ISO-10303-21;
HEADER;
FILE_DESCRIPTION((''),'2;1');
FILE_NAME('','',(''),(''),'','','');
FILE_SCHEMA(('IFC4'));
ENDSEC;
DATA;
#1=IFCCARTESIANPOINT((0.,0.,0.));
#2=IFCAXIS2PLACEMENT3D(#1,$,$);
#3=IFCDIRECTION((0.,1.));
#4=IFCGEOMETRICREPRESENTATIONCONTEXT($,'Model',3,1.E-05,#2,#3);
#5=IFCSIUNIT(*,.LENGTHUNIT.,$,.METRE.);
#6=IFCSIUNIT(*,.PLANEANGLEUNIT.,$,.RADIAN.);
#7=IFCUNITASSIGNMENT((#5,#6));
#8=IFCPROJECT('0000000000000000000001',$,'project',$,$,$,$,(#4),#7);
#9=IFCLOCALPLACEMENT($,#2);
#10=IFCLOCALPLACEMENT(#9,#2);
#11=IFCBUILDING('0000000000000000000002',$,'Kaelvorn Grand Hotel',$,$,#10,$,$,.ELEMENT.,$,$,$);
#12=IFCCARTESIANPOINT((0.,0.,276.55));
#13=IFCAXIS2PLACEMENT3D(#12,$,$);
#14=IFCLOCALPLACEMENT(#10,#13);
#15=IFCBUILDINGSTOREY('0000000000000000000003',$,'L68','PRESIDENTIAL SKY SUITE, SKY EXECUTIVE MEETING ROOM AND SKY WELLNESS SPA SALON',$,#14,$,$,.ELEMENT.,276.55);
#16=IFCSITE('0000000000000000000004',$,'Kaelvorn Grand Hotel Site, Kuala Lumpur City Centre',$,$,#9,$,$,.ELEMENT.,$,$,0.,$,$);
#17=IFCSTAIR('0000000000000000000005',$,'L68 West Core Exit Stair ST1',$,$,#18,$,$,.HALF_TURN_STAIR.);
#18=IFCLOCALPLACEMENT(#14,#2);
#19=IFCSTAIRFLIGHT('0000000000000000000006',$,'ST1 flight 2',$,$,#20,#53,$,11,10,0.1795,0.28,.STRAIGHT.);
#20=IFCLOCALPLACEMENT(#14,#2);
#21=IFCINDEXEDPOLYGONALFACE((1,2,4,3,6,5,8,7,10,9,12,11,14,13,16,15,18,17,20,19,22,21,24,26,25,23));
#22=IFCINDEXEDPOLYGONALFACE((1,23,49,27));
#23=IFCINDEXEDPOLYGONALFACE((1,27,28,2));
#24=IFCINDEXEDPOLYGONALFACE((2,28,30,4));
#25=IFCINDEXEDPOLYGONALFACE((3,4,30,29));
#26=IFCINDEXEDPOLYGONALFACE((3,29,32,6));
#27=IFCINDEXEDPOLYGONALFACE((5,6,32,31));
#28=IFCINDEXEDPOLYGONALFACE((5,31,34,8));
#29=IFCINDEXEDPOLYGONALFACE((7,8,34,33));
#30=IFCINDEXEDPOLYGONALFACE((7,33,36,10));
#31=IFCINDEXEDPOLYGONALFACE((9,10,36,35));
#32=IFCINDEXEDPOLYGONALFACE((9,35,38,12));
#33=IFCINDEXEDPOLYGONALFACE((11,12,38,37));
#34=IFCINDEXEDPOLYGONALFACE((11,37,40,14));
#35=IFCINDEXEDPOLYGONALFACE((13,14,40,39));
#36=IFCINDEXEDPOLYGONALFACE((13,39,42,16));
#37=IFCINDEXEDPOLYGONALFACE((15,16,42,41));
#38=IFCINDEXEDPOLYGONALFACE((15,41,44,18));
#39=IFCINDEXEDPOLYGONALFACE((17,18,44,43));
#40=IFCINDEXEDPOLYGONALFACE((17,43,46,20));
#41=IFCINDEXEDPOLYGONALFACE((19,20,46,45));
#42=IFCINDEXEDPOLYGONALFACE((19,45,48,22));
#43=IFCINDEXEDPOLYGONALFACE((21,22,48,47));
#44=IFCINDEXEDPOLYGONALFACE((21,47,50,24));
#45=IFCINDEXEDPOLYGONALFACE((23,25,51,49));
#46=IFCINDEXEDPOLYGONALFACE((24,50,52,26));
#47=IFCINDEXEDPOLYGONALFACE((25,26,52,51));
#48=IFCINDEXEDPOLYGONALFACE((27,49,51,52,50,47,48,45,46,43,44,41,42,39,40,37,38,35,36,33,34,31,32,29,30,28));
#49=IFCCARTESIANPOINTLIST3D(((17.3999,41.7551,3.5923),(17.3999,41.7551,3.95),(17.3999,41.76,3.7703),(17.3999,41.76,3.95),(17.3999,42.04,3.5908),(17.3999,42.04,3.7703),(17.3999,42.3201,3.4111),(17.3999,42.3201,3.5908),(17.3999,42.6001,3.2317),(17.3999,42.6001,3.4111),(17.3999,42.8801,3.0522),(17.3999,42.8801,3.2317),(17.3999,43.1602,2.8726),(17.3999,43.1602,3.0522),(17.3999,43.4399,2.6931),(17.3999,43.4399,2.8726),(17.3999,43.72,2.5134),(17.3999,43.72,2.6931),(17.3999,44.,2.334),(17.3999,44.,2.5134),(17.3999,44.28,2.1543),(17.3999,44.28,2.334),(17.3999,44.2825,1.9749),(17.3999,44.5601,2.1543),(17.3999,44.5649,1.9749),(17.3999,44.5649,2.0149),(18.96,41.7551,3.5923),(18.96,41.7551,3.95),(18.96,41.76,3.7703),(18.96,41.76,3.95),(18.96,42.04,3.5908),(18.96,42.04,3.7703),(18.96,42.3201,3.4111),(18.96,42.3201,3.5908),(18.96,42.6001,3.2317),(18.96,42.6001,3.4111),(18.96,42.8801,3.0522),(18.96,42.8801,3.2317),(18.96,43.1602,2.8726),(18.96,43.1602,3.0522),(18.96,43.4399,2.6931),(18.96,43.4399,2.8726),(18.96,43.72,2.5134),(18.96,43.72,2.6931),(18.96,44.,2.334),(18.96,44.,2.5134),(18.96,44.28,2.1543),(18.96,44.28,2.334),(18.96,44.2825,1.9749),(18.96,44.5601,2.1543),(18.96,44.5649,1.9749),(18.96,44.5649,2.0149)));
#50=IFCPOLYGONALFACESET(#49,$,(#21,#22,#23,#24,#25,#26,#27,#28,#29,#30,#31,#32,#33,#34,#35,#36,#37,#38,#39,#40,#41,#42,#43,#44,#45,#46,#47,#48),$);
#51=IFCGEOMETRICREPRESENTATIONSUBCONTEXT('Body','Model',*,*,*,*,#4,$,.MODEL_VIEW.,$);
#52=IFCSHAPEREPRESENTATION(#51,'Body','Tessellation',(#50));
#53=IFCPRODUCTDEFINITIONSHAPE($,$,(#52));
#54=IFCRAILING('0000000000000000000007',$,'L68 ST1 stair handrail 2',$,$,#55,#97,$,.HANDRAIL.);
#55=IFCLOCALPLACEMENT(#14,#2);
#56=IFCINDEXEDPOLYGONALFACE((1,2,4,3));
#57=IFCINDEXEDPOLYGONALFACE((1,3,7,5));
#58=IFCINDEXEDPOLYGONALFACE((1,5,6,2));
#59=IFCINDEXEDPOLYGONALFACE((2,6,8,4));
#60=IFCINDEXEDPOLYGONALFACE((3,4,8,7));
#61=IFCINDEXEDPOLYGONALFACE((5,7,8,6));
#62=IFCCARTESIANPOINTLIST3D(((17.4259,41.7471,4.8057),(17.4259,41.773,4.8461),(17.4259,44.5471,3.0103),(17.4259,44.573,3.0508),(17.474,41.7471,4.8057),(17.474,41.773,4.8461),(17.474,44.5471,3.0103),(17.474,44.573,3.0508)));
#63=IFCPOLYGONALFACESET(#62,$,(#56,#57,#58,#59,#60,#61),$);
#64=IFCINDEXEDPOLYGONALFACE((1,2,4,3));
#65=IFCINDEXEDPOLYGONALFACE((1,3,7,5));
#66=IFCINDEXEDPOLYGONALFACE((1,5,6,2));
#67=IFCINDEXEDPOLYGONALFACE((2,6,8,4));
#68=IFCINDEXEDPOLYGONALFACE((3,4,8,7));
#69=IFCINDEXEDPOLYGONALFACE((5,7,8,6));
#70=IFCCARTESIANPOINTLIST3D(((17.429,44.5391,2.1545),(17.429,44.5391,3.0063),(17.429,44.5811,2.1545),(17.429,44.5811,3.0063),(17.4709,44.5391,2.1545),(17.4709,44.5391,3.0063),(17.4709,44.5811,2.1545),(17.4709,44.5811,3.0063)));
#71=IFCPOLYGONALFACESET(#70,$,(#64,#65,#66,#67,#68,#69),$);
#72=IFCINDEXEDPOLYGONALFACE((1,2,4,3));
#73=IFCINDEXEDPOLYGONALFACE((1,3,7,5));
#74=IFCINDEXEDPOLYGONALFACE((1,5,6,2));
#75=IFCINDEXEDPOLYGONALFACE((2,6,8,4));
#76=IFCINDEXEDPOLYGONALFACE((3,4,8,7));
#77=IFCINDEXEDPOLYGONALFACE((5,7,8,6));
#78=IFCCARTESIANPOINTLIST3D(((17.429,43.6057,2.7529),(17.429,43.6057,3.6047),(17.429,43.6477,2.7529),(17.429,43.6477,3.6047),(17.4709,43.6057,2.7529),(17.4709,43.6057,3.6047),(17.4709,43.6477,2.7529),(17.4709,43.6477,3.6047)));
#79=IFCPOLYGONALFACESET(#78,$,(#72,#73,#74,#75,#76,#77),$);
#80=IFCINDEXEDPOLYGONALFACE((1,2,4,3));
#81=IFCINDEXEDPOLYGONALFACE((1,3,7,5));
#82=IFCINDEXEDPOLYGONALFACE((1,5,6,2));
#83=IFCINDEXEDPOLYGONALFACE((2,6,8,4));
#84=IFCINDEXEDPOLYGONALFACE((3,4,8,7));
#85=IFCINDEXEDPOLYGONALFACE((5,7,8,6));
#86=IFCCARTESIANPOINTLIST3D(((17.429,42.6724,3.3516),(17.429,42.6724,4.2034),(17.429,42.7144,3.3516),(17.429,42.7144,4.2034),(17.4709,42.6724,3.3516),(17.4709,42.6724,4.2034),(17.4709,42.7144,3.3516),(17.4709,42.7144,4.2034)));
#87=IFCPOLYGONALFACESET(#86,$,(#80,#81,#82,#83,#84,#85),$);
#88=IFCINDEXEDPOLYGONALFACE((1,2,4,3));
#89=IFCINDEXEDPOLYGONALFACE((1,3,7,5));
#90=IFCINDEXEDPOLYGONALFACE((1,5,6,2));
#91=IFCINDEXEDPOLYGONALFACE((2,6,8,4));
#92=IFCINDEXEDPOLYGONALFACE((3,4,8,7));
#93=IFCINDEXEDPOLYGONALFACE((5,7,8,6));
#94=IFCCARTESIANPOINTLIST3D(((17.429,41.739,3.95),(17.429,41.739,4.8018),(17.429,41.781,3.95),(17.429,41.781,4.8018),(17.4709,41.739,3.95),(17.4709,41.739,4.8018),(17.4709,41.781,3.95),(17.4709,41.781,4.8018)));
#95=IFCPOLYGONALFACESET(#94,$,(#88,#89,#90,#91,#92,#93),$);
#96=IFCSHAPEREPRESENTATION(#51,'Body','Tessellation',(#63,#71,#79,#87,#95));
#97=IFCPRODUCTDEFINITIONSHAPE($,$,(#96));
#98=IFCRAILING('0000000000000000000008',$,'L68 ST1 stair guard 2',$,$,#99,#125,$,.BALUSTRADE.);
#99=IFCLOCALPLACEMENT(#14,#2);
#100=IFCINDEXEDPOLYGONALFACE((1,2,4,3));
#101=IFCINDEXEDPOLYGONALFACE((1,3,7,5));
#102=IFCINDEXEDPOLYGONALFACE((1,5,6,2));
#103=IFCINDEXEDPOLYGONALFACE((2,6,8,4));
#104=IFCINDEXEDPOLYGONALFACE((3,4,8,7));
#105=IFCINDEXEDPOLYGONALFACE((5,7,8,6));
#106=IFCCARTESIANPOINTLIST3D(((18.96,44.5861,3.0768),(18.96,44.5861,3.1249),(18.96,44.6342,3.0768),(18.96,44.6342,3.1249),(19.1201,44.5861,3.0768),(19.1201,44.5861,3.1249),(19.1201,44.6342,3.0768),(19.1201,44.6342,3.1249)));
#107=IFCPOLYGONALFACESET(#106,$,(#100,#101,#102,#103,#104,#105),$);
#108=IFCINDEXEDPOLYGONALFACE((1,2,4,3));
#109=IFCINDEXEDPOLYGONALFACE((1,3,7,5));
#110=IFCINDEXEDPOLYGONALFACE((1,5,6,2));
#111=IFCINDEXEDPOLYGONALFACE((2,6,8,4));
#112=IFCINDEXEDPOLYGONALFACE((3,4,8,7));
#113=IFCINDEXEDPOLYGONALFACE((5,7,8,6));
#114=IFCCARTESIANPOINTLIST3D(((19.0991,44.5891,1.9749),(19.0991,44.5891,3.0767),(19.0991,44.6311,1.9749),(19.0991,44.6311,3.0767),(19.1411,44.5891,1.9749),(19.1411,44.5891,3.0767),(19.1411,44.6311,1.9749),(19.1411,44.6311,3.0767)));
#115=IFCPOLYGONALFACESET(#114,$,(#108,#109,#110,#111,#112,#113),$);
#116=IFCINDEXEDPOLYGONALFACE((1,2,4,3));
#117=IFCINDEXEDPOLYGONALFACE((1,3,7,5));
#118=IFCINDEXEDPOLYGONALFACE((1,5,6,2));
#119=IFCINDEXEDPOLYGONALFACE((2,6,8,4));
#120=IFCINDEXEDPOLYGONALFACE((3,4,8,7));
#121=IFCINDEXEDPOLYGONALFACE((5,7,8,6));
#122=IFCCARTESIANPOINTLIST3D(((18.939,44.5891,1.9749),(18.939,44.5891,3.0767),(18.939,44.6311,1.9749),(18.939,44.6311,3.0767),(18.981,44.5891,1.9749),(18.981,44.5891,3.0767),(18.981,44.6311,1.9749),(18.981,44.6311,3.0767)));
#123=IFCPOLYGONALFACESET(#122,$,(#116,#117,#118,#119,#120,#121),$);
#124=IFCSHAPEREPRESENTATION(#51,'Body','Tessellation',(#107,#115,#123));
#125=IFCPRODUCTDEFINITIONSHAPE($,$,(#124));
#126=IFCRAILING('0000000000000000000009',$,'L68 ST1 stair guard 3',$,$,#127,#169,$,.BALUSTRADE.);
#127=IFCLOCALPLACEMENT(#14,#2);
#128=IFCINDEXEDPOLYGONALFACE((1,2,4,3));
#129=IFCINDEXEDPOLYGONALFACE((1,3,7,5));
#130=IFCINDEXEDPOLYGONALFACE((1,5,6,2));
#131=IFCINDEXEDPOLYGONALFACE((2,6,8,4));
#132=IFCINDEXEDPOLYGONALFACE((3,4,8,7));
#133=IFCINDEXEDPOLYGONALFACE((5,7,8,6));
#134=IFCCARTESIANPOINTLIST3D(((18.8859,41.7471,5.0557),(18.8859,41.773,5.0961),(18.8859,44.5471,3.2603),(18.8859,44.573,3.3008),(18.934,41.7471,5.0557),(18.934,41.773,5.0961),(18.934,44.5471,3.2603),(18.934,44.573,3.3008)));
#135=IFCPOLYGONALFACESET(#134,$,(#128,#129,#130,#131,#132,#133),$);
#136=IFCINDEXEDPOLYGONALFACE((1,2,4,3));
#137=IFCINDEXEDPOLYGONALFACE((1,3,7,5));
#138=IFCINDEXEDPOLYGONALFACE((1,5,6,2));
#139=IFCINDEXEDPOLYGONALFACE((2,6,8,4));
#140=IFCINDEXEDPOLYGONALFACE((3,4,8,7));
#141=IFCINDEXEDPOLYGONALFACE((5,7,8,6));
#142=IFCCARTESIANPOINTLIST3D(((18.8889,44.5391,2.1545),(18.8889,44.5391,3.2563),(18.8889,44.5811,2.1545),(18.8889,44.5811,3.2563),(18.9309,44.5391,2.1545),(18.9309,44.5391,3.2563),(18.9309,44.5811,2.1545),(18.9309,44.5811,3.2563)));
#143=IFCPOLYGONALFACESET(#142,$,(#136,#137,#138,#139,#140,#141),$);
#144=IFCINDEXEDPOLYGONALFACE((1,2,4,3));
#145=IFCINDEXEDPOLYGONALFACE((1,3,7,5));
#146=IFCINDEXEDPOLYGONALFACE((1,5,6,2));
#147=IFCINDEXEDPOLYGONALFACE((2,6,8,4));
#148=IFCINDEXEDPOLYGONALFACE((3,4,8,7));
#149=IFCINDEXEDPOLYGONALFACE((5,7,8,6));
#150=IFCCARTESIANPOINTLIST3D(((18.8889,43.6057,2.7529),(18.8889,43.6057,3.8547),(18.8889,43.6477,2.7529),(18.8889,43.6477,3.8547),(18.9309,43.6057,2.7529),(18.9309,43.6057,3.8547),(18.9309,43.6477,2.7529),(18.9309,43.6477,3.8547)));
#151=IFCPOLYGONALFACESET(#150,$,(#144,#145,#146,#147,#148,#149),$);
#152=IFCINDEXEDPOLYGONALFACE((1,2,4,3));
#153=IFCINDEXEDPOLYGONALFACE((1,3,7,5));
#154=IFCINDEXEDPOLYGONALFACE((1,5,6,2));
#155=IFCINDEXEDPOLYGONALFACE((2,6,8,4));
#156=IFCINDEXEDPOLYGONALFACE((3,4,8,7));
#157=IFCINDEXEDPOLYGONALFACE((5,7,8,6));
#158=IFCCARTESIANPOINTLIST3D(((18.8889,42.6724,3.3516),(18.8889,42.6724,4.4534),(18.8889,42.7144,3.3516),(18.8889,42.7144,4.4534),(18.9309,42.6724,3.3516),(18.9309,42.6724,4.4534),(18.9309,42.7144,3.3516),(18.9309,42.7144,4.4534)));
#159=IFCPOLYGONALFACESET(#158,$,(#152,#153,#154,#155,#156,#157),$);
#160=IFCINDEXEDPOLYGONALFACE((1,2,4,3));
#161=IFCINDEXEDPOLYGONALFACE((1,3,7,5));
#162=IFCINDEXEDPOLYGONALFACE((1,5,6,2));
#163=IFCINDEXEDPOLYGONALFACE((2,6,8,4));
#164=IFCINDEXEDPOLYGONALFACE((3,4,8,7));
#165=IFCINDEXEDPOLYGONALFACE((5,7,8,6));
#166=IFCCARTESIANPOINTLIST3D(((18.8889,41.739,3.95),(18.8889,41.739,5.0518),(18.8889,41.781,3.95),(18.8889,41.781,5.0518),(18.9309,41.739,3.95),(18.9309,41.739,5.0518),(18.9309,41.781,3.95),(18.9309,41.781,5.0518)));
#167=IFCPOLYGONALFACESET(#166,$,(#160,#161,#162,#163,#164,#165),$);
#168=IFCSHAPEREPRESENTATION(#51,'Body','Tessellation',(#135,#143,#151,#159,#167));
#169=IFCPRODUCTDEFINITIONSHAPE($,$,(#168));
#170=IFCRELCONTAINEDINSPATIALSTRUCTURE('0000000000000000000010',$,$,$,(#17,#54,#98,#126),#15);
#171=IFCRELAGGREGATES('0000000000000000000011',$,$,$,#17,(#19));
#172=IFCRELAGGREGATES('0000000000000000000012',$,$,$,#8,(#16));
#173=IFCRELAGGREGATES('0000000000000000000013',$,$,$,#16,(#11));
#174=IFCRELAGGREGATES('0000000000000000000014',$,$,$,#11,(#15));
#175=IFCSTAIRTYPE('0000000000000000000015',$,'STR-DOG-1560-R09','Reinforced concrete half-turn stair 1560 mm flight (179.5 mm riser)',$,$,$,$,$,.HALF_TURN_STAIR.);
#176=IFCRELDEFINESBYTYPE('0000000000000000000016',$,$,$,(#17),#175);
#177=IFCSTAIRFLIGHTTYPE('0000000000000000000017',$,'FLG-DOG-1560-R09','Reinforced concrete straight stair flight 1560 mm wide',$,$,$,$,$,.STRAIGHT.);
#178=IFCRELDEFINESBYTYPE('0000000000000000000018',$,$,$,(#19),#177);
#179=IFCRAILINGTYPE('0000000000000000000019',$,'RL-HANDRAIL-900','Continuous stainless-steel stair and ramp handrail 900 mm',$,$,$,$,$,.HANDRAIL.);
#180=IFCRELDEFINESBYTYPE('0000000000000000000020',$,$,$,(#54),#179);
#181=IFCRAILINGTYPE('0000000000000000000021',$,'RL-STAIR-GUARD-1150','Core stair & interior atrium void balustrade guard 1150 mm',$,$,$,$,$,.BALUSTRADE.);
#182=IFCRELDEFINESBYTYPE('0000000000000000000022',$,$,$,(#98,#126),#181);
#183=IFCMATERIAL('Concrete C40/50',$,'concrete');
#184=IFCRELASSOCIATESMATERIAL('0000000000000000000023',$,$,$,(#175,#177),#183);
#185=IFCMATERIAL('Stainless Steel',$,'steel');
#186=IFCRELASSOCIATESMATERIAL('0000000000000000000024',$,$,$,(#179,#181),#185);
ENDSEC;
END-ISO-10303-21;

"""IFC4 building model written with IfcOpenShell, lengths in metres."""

from ifc_helpers import new_model, si_unit, direction, frame, origin, origin_2d, place, context, subcontext, project, spatial, polyline, rectangle, outline, extrude, material, type_object, element, aggregate, save


model = new_model("IFC4")

# Units and contexts
model_context = context("Model", 3, precision=1e-05, world=origin(), true_north=direction((0.0, 1.0)))
body_context = subcontext(model_context, "Body", "Model", "MODEL_VIEW")
ifc_project = project(units=[si_unit("LENGTHUNIT", "METRE"), si_unit("PLANEANGLEUNIT", "RADIAN")], contexts=[model_context])

# Site, building, storey
site_placement = place(None, origin())
site = spatial("IfcSite", under=ifc_project, at=site_placement, Name="Kaelvorn Grand Hotel Site, Kuala Lumpur City Centre", CompositionType="ELEMENT", RefElevation=0.0)
building_placement = place(site_placement, origin())
building = spatial("IfcBuilding", under=site, at=building_placement, Name="Kaelvorn Grand Hotel", CompositionType="ELEMENT")
storey_placement = place(building_placement, frame((0.0, 0.0, 276.55)))
storey = spatial("IfcBuildingStorey", under=building, at=storey_placement, Name="L68", Description="PRESIDENTIAL SKY SUITE, SKY EXECUTIVE MEETING ROOM AND SKY WELLNESS SPA SALON", CompositionType="ELEMENT", Elevation=276.55)

# Shared definitions
ifc_material_1 = material(Name="Concrete C40/50", Category="concrete")

# Stair, stair flight
stair_type = type_object("IfcStairType", Name="STR-DOG-1560-R09", Description="Reinforced concrete half-turn stair 1560 mm flight (179.5 mm riser)", PredefinedType="HALF_TURN_STAIR", material=ifc_material_1)
stair_placement = place(storey_placement, origin())
stair = element("IfcStair", 1, at=stair_placement, inside=storey, type_object=stair_type, Name="L68 West Core Exit Stair ST1", PredefinedType="HALF_TURN_STAIR")
stair_flight_type = type_object("IfcStairFlightType", Name="FLG-DOG-1560-R09", Description="Reinforced concrete straight stair flight 1560 mm wide", PredefinedType="STRAIGHT", material=ifc_material_1)
stair_flight_placement = place(storey_placement, frame((18.1799, 44.5601, 1.9749), z_axis=(0.0, 0.0, 1.0), x_axis=(0.0, -1.0, 0.0)))
stair_flight = element("IfcStairFlight", 2, at=stair_flight_placement, type_object=stair_flight_type, Name="ST1 flight 2", NumberOfRisers=11, NumberOfTreads=10, PredefinedType="STRAIGHT", RiserHeight=0.1795, TreadLength=0.28, context=body_context, shape_type="SweptSolid", body=[
    extrude(outline(polyline([(-0.0049, 0.0), (-0.0049, 0.04), (0.0, 0.1794), (0.28, 0.1794), (0.28, 0.3591), (0.5601, 0.3591), (0.5601, 0.5386), (0.8401, 0.5386), (0.8401, 0.7183), (1.1201, 0.7183), (1.1201, 0.8977), (1.3999, 0.8977), (1.3999, 1.0774), (1.6799, 1.0774), (1.6799, 1.2568), (1.96, 1.2568), (1.96, 1.4363), (2.24, 1.4363), (2.24, 1.616), (2.52, 1.616), (2.52, 1.7954), (2.8, 1.7954), (2.8, 1.9751), (2.8049, 1.9751), (2.8049, 1.6174), (0.2776, 0.0), (-0.0049, 0.0)])), frame((0.0, 0.78, 0.0), z_axis=(0.0, -1.0, 0.0), x_axis=(1.0, 0.0, 0.0)), (0.0, 0.0, 1.0), 1.5601),
])
aggregate(stair, [stair_flight])

# Railings
ifc_material_2 = material(Name="Stainless Steel", Category="steel")
railing_type_1 = type_object("IfcRailingType", Name="RL-HANDRAIL-900", Description="Continuous stainless-steel stair and ramp handrail 900 mm", PredefinedType="HANDRAIL", material=ifc_material_2)
railing_1_placement = place(storey_placement, frame((17.45, 44.5601, 2.1545)))
element("IfcRailing", 3, at=railing_1_placement, inside=storey, type_object=railing_type_1, Name="L68 ST1 stair handrail 2", PredefinedType="HANDRAIL", context=body_context, shape_type="SweptSolid", body=[
    extrude(rectangle(XDim=0.0481, YDim=0.0481, at=origin_2d()), frame((0.0, 0.0, 0.876), z_axis=(0.0, -0.84181, 0.539774), x_axis=(1.0, 0.0, 0.0)), (0.0, 0.0, 1.0), 3.3262),
    extrude(rectangle(XDim=0.042, YDim=0.042, at=origin_2d()), origin(), (0.0, 0.0, 1.0), 0.8518),
    extrude(rectangle(XDim=0.042, YDim=0.042, at=origin_2d()), frame((0.0, -0.9333, 0.5984)), (0.0, 0.0, 1.0), 0.8518),
    extrude(rectangle(XDim=0.042, YDim=0.042, at=origin_2d()), frame((0.0, -1.8667, 1.197)), (0.0, 0.0, 1.0), 0.8518),
    extrude(rectangle(XDim=0.042, YDim=0.042, at=origin_2d()), frame((0.0, -2.8, 1.7954)), (0.0, 0.0, 1.0), 0.8518),
])
railing_type_2 = type_object("IfcRailingType", Name="RL-STAIR-GUARD-1150", Description="Core stair & interior atrium void balustrade guard 1150 mm", PredefinedType="BALUSTRADE", material=ifc_material_2)
railing_2_placement = place(storey_placement, frame((19.1201, 44.6101, 1.9749)))
element("IfcRailing", 4, at=railing_2_placement, inside=storey, type_object=railing_type_2, Name="L68 ST1 stair guard 2", PredefinedType="BALUSTRADE", context=body_context, shape_type="SweptSolid", body=[
    extrude(rectangle(XDim=0.0481, YDim=0.0481, at=origin_2d()), frame((0.0, 0.0, 1.126), z_axis=(-1.0, 0.0, 0.0), x_axis=(0.0, -1.0, 0.0)), (0.0, 0.0, 1.0), 0.1602),
    extrude(rectangle(XDim=0.042, YDim=0.042, at=origin_2d()), origin(), (0.0, 0.0, 1.0), 1.1018),
    extrude(rectangle(XDim=0.042, YDim=0.042, at=origin_2d()), frame((-0.1602, 0.0, 0.0)), (0.0, 0.0, 1.0), 1.1018),
])
railing_3_placement = place(storey_placement, frame((18.9099, 44.5601, 2.1545)))
element("IfcRailing", 5, at=railing_3_placement, inside=storey, type_object=railing_type_2, Name="L68 ST1 stair guard 3", PredefinedType="BALUSTRADE", context=body_context, shape_type="SweptSolid", body=[
    extrude(rectangle(XDim=0.0481, YDim=0.0481, at=origin_2d()), frame((0.0, 0.0, 1.126), z_axis=(0.0, -0.84181, 0.539774), x_axis=(1.0, 0.0, 0.0)), (0.0, 0.0, 1.0), 3.3262),
    extrude(rectangle(XDim=0.042, YDim=0.042, at=origin_2d()), origin(), (0.0, 0.0, 1.0), 1.1018),
    extrude(rectangle(XDim=0.042, YDim=0.042, at=origin_2d()), frame((0.0, -0.9333, 0.5984)), (0.0, 0.0, 1.0), 1.1018),
    extrude(rectangle(XDim=0.042, YDim=0.042, at=origin_2d()), frame((0.0, -1.8667, 1.197)), (0.0, 0.0, 1.0), 1.1018),
    extrude(rectangle(XDim=0.042, YDim=0.042, at=origin_2d()), frame((0.0, -2.8, 1.7954)), (0.0, 0.0, 1.0), 1.1018),
])

save(model, "model.ifc")
